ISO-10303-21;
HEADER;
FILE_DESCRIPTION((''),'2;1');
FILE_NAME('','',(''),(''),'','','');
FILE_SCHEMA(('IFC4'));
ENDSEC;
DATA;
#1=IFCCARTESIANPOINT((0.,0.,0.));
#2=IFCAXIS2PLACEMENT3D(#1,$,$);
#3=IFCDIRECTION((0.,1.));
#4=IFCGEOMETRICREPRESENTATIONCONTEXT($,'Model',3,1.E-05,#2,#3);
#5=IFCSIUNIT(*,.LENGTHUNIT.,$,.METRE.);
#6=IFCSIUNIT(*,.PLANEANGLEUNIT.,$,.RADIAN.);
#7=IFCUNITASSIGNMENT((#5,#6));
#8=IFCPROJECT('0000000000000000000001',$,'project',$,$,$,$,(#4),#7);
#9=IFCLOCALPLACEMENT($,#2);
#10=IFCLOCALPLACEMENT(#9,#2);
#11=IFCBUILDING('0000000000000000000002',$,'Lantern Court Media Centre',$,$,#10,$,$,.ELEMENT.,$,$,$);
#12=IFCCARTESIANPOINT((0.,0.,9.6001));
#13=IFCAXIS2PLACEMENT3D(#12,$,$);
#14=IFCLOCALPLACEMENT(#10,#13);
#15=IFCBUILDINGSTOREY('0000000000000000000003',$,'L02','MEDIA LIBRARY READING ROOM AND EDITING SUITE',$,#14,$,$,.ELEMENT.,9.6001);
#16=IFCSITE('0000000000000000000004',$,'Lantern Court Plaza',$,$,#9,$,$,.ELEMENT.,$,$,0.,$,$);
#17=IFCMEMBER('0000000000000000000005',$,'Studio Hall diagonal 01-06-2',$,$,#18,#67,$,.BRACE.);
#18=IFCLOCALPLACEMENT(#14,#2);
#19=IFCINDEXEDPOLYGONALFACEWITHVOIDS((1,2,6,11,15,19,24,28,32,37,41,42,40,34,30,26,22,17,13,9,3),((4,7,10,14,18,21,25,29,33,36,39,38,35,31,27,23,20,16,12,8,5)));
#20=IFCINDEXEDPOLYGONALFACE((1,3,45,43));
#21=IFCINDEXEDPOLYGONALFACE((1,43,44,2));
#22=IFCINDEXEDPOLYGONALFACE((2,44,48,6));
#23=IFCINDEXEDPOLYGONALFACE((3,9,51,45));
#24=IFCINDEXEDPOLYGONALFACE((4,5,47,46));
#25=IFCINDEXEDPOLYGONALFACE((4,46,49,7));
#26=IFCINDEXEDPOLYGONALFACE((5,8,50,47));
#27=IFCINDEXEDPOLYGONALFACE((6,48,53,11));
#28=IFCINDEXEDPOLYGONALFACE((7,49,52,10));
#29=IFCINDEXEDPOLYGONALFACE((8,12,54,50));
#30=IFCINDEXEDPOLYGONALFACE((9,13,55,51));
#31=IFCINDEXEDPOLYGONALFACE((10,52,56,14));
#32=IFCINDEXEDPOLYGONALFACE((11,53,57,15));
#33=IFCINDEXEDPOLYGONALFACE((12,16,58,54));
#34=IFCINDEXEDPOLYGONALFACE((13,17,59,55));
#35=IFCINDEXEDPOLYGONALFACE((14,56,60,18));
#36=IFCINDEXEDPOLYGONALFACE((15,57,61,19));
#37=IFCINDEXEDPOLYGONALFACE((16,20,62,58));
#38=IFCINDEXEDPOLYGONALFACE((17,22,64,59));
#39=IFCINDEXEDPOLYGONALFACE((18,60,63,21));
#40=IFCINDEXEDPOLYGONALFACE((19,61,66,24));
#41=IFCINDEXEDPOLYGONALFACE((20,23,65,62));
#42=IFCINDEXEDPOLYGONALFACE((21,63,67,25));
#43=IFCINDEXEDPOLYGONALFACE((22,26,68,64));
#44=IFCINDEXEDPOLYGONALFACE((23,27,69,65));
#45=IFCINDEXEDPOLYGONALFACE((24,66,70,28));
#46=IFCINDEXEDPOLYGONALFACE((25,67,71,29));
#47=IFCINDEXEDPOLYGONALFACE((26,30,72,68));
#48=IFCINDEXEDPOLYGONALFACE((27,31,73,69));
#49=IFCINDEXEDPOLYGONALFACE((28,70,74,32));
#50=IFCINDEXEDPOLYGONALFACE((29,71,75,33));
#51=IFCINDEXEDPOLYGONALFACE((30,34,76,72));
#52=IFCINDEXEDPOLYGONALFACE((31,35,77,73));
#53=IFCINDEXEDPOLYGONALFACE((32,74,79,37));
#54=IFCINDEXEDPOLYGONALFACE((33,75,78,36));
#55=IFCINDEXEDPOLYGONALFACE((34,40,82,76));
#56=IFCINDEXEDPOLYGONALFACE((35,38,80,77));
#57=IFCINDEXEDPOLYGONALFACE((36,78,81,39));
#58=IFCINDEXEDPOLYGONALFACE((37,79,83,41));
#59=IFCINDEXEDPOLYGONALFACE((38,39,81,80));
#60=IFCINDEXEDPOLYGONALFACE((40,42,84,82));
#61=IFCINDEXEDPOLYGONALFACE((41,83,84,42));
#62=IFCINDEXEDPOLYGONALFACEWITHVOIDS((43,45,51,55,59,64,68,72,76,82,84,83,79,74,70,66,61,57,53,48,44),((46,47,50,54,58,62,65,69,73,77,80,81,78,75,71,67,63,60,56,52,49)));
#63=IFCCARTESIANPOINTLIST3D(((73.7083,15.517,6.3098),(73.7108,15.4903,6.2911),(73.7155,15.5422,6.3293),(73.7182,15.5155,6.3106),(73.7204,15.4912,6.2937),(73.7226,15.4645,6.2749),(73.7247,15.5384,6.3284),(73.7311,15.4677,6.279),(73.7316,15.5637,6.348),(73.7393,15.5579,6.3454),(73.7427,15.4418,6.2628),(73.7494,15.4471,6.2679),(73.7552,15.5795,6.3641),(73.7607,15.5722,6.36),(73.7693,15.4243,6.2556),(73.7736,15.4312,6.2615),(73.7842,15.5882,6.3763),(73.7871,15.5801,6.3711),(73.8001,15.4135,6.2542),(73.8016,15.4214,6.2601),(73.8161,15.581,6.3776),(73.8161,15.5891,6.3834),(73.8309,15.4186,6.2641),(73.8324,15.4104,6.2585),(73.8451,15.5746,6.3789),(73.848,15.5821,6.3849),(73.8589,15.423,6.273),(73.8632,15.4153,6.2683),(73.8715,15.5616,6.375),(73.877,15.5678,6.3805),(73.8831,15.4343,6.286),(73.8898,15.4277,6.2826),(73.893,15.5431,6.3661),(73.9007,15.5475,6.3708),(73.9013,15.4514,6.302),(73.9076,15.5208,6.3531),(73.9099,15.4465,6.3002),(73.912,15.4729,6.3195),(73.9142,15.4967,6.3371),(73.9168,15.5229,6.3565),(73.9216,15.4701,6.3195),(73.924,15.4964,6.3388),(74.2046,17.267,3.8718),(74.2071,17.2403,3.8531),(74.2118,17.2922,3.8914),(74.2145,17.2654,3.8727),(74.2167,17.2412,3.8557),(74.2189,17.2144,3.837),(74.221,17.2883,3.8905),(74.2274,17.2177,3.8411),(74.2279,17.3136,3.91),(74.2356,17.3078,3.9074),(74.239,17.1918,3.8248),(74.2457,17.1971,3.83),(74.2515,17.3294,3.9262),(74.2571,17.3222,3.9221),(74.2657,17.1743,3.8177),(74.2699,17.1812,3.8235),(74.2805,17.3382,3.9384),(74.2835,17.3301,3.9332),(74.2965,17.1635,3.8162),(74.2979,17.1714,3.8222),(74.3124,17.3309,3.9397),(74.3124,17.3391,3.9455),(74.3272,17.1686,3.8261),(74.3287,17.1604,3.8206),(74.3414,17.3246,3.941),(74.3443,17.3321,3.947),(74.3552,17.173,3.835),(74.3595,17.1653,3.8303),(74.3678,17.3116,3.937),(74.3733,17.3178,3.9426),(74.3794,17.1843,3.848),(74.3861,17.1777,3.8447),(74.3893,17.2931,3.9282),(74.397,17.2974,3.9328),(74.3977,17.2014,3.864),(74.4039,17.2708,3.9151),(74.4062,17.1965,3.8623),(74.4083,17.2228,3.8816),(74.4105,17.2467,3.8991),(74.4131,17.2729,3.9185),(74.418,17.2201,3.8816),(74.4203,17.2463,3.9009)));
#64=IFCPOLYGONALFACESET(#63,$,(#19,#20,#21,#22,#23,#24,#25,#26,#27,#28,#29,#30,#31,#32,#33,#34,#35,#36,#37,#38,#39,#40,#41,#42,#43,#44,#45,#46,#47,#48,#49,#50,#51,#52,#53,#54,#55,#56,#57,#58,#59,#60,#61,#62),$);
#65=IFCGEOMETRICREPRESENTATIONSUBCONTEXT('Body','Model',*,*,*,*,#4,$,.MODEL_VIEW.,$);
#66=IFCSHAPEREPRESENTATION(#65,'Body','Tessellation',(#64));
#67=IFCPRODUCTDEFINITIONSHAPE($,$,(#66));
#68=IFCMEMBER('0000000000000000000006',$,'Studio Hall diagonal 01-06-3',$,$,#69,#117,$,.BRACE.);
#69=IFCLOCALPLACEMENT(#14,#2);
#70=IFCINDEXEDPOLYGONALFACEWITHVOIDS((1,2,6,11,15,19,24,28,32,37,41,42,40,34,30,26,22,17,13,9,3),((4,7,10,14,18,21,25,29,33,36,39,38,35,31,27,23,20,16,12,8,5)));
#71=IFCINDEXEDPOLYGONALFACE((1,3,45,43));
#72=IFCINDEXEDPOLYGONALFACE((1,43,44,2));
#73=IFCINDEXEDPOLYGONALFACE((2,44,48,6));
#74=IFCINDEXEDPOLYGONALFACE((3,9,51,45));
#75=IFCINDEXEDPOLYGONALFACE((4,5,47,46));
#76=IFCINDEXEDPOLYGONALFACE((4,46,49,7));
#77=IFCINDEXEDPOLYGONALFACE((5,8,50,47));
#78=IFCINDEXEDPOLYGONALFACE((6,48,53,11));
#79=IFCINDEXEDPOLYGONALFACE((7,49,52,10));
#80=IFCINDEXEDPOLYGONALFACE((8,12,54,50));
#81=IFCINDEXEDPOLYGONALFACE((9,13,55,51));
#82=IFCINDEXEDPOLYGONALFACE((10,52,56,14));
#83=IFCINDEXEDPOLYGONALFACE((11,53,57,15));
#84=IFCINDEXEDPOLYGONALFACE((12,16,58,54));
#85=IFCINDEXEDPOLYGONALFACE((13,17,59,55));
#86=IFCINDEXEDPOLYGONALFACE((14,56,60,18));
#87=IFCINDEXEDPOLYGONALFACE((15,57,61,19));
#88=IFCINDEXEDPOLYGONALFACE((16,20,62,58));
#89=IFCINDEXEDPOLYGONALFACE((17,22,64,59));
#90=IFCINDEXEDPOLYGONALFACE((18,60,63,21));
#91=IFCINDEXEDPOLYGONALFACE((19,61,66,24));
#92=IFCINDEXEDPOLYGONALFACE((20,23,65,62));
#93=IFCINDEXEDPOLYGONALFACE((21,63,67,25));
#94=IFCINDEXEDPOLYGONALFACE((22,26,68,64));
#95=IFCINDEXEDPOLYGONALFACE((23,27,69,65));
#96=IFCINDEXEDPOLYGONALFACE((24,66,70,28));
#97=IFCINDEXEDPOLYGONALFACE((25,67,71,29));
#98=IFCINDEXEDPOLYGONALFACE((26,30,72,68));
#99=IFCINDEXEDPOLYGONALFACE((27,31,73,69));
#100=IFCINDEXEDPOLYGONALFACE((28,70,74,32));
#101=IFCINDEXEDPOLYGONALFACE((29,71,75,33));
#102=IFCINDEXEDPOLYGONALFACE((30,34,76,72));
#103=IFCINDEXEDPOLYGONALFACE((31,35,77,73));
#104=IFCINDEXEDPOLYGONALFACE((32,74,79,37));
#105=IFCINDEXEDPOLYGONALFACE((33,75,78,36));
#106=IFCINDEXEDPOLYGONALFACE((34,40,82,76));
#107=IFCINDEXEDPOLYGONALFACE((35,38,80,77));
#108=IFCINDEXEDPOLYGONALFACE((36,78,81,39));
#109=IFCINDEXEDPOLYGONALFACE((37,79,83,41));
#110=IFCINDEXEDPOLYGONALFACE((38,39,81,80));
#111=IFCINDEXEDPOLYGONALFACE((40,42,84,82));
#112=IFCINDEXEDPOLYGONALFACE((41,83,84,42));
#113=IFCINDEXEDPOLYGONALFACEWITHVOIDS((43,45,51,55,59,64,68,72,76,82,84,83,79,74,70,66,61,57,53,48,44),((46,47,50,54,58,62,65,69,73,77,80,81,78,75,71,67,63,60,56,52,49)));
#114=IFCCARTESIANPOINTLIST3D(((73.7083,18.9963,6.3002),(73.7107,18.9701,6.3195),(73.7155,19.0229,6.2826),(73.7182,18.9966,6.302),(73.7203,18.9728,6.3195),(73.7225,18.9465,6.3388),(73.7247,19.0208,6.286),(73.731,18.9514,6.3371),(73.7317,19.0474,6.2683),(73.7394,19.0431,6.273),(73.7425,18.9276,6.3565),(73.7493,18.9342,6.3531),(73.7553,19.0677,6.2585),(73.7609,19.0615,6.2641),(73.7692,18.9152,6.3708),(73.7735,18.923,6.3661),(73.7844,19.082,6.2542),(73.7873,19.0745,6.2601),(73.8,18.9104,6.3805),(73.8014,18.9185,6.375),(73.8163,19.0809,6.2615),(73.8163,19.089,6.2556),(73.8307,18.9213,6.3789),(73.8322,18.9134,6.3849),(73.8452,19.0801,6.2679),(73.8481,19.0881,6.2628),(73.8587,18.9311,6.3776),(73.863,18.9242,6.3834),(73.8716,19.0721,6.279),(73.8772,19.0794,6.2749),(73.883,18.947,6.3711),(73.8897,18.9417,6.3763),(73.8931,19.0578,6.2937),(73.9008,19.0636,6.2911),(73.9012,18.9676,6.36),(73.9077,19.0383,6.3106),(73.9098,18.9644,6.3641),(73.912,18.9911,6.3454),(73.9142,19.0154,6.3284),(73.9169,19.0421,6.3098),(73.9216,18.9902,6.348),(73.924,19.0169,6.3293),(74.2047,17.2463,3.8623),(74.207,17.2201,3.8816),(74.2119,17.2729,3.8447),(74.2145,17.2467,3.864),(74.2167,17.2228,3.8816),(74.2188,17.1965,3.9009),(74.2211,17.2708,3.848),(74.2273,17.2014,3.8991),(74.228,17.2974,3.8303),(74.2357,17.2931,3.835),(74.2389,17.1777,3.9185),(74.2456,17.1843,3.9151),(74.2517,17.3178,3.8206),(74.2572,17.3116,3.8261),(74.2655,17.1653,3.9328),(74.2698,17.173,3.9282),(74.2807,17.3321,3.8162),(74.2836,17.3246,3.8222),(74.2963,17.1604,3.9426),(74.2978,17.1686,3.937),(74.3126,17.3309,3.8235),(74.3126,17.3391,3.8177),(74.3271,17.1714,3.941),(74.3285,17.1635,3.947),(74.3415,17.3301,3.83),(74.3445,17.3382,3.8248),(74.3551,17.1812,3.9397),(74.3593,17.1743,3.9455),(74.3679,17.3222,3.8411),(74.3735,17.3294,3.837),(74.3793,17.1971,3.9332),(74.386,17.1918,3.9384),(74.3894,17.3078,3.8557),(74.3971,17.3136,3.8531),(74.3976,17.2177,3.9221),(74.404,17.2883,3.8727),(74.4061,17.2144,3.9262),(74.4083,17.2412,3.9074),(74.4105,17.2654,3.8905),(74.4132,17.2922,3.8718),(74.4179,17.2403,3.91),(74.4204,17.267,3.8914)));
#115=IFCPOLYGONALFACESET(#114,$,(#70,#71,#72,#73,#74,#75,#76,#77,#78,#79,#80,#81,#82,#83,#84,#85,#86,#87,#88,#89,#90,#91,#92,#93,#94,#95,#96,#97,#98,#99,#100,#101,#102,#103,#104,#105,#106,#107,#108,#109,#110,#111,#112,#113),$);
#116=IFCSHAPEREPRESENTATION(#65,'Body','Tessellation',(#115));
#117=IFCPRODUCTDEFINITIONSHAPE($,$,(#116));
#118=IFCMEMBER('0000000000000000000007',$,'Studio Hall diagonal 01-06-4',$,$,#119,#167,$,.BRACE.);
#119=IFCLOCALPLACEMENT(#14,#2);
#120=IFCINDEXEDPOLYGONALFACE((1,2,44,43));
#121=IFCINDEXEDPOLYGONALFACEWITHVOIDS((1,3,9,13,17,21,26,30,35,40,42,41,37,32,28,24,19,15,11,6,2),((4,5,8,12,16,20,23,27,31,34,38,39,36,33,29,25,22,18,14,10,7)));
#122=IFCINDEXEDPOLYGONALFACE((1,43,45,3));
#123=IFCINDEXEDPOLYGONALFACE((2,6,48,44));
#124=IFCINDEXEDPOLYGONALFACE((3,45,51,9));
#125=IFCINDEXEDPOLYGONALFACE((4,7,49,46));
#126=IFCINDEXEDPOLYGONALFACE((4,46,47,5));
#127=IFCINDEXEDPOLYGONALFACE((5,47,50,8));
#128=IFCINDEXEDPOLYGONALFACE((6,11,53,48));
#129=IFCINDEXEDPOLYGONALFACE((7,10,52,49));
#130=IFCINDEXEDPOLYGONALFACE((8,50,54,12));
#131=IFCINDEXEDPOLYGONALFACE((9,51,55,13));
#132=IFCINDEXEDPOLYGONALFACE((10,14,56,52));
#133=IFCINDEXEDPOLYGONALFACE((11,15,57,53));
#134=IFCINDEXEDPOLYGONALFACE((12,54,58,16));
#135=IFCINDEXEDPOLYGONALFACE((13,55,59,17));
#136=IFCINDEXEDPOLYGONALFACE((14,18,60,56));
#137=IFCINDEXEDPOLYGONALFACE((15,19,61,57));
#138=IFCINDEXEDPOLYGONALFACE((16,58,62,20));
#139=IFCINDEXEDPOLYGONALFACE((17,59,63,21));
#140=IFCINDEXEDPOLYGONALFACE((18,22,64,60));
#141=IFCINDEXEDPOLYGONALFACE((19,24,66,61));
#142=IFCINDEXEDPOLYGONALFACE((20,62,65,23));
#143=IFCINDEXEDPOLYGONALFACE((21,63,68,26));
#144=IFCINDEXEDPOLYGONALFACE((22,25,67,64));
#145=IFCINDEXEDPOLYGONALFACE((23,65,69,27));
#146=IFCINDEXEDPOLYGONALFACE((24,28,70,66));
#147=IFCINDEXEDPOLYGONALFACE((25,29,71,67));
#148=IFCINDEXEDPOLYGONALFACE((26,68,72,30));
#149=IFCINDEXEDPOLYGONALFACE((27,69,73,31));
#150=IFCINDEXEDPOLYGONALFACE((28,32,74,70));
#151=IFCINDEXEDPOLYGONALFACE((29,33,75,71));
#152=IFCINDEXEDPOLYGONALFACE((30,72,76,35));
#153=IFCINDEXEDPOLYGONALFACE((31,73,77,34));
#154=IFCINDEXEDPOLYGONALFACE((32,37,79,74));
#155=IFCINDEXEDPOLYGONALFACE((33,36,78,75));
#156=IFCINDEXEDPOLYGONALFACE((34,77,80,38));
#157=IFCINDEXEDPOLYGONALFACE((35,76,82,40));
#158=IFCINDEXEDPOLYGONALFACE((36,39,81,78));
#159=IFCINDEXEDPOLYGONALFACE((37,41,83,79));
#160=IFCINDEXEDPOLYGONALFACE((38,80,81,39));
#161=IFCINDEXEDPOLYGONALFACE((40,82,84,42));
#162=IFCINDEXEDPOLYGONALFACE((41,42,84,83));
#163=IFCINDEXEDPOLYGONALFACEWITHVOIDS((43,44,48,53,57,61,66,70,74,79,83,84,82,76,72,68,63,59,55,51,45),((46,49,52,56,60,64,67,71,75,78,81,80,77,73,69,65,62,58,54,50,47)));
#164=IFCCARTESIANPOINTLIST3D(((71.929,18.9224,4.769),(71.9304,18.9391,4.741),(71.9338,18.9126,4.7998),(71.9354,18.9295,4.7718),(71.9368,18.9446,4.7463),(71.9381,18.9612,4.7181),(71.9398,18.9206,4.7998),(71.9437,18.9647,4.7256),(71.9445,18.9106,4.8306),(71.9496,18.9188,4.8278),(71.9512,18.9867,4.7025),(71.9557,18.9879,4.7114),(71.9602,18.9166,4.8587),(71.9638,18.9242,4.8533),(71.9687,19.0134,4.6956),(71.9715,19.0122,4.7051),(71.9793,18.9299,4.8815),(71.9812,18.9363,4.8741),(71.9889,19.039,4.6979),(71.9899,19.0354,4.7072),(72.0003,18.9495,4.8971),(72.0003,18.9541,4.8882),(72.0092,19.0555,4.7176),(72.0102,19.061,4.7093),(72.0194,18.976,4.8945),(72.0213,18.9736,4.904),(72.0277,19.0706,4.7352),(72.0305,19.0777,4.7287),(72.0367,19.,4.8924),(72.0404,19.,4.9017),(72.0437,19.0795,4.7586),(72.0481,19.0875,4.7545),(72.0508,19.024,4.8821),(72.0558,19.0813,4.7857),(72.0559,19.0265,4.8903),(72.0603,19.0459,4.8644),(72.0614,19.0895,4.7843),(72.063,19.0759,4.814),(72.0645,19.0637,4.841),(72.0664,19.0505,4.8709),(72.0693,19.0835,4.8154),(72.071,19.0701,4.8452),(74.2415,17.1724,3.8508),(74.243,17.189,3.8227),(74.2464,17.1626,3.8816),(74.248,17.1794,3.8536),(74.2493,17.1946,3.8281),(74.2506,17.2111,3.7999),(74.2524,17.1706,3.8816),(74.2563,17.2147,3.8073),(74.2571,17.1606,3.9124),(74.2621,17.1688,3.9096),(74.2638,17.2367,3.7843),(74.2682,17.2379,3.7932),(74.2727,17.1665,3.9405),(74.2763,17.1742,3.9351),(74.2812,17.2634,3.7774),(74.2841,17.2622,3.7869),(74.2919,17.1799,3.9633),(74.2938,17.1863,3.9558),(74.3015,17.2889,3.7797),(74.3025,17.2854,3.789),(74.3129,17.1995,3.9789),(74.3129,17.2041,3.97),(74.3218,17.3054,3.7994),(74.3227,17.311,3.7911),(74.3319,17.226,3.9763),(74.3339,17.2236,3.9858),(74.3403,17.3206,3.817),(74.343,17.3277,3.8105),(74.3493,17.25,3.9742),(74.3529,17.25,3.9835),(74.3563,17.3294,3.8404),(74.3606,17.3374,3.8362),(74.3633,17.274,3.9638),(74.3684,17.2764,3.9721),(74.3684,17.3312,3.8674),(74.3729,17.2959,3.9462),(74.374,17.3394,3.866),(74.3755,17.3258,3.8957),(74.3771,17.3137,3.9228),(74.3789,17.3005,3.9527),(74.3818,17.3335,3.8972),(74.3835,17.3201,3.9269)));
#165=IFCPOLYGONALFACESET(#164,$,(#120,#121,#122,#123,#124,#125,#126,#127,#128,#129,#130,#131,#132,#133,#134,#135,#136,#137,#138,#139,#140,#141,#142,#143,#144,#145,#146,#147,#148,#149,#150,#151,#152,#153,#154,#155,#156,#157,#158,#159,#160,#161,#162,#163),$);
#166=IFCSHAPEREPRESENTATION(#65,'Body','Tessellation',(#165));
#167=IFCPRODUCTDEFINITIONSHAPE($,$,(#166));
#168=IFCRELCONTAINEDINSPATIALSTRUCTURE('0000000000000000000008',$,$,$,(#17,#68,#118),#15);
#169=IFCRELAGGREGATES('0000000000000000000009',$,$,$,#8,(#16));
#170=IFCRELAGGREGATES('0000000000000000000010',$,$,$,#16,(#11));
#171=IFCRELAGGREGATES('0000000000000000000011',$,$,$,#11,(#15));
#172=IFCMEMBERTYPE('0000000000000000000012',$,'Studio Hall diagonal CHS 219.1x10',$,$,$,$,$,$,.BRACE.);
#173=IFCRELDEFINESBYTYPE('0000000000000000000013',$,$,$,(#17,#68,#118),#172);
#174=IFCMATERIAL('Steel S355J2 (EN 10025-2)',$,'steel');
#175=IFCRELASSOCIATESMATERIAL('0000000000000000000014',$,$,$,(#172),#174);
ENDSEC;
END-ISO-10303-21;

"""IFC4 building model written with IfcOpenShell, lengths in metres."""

from ifc_helpers import new_model, si_unit, direction, frame, origin, origin_2d, place, context, subcontext, project, spatial, hollow_circle, extrude, material, material_profile, profile_set, type_object, element, save


model = new_model("IFC4")

# Units and contexts
model_context = context("Model", 3, precision=1e-05, world=origin(), true_north=direction((0.0, 1.0)))
body_context = subcontext(model_context, "Body", "Model", "MODEL_VIEW")
ifc_project = project(units=[si_unit("LENGTHUNIT", "METRE"), si_unit("PLANEANGLEUNIT", "RADIAN")], contexts=[model_context])

# Site, building, storey
site_placement = place(None, origin())
site = spatial("IfcSite", under=ifc_project, at=site_placement, Name="Lantern Court Plaza", CompositionType="ELEMENT", RefElevation=0.0)
building_placement = place(site_placement, origin())
building = spatial("IfcBuilding", under=site, at=building_placement, Name="Lantern Court Media Centre", CompositionType="ELEMENT")
storey_placement = place(building_placement, frame((0.0, 0.0, 9.6001)))
storey = spatial("IfcBuildingStorey", under=building, at=storey_placement, Name="L02", Description="MEDIA LIBRARY READING ROOM AND EDITING SUITE", CompositionType="ELEMENT", Elevation=9.6001)

# Members
ifc_material_1 = material(Name="Steel S355J2 (EN 10025-2)", Category="steel")
ifc_material_profile_1 = material_profile(ifc_material_1, hollow_circle(Radius=0.1096, WallThickness=0.01, at=origin_2d()), Name="Studio Hall diagonal CHS 219.1x10")
ifc_profile_set_1 = profile_set([ifc_material_profile_1], Name="Steel S355J2 (EN 10025-2)")
member_type_1 = type_object("IfcMemberType", Name="Studio Hall diagonal CHS 219.1x10", PredefinedType="BRACE", material=ifc_profile_set_1)
for number, where, z_axis, x_axis, name in (
    (1, (74.3125, 17.25, 3.8816), (-0.163172, -0.575314, 0.801491), (0.962054, -0.272859, 0.0), "Studio Hall diagonal 01-06-2"),
    (2, (74.3125, 17.25, 3.8816), (-0.163172, 0.575314, 0.801491), (-0.962054, -0.272859, 0.0), "Studio Hall diagonal 01-06-3"),
):
    element("IfcMember", number, at=place(storey_placement, frame(where, z_axis=z_axis, x_axis=x_axis)), inside=storey, type_object=member_type_1, Name=name, PredefinedType="BRACE", context=body_context, shape_type="SweptSolid", body=[
        extrude(hollow_circle(Radius=0.1096, WallThickness=0.01, at=origin_2d()), origin(), (0.0, 0.0, 1.0), 3.0417),
    ])
member_1_placement = place(storey_placement, frame((74.3125, 17.25, 3.8816), z_axis=(-0.760211, 0.575295, 0.301853), x_axis=(-0.603443, -0.797406, 0.0)))
element("IfcMember", 3, at=member_1_placement, inside=storey, type_object=member_type_1, Name="Studio Hall diagonal 01-06-4", PredefinedType="BRACE", context=body_context, shape_type="SweptSolid", body=[
    extrude(hollow_circle(Radius=0.1096, WallThickness=0.01, at=origin_2d()), origin(), (0.0, 0.0, 1.0), 3.042),
])

save(model, "model.ifc")
